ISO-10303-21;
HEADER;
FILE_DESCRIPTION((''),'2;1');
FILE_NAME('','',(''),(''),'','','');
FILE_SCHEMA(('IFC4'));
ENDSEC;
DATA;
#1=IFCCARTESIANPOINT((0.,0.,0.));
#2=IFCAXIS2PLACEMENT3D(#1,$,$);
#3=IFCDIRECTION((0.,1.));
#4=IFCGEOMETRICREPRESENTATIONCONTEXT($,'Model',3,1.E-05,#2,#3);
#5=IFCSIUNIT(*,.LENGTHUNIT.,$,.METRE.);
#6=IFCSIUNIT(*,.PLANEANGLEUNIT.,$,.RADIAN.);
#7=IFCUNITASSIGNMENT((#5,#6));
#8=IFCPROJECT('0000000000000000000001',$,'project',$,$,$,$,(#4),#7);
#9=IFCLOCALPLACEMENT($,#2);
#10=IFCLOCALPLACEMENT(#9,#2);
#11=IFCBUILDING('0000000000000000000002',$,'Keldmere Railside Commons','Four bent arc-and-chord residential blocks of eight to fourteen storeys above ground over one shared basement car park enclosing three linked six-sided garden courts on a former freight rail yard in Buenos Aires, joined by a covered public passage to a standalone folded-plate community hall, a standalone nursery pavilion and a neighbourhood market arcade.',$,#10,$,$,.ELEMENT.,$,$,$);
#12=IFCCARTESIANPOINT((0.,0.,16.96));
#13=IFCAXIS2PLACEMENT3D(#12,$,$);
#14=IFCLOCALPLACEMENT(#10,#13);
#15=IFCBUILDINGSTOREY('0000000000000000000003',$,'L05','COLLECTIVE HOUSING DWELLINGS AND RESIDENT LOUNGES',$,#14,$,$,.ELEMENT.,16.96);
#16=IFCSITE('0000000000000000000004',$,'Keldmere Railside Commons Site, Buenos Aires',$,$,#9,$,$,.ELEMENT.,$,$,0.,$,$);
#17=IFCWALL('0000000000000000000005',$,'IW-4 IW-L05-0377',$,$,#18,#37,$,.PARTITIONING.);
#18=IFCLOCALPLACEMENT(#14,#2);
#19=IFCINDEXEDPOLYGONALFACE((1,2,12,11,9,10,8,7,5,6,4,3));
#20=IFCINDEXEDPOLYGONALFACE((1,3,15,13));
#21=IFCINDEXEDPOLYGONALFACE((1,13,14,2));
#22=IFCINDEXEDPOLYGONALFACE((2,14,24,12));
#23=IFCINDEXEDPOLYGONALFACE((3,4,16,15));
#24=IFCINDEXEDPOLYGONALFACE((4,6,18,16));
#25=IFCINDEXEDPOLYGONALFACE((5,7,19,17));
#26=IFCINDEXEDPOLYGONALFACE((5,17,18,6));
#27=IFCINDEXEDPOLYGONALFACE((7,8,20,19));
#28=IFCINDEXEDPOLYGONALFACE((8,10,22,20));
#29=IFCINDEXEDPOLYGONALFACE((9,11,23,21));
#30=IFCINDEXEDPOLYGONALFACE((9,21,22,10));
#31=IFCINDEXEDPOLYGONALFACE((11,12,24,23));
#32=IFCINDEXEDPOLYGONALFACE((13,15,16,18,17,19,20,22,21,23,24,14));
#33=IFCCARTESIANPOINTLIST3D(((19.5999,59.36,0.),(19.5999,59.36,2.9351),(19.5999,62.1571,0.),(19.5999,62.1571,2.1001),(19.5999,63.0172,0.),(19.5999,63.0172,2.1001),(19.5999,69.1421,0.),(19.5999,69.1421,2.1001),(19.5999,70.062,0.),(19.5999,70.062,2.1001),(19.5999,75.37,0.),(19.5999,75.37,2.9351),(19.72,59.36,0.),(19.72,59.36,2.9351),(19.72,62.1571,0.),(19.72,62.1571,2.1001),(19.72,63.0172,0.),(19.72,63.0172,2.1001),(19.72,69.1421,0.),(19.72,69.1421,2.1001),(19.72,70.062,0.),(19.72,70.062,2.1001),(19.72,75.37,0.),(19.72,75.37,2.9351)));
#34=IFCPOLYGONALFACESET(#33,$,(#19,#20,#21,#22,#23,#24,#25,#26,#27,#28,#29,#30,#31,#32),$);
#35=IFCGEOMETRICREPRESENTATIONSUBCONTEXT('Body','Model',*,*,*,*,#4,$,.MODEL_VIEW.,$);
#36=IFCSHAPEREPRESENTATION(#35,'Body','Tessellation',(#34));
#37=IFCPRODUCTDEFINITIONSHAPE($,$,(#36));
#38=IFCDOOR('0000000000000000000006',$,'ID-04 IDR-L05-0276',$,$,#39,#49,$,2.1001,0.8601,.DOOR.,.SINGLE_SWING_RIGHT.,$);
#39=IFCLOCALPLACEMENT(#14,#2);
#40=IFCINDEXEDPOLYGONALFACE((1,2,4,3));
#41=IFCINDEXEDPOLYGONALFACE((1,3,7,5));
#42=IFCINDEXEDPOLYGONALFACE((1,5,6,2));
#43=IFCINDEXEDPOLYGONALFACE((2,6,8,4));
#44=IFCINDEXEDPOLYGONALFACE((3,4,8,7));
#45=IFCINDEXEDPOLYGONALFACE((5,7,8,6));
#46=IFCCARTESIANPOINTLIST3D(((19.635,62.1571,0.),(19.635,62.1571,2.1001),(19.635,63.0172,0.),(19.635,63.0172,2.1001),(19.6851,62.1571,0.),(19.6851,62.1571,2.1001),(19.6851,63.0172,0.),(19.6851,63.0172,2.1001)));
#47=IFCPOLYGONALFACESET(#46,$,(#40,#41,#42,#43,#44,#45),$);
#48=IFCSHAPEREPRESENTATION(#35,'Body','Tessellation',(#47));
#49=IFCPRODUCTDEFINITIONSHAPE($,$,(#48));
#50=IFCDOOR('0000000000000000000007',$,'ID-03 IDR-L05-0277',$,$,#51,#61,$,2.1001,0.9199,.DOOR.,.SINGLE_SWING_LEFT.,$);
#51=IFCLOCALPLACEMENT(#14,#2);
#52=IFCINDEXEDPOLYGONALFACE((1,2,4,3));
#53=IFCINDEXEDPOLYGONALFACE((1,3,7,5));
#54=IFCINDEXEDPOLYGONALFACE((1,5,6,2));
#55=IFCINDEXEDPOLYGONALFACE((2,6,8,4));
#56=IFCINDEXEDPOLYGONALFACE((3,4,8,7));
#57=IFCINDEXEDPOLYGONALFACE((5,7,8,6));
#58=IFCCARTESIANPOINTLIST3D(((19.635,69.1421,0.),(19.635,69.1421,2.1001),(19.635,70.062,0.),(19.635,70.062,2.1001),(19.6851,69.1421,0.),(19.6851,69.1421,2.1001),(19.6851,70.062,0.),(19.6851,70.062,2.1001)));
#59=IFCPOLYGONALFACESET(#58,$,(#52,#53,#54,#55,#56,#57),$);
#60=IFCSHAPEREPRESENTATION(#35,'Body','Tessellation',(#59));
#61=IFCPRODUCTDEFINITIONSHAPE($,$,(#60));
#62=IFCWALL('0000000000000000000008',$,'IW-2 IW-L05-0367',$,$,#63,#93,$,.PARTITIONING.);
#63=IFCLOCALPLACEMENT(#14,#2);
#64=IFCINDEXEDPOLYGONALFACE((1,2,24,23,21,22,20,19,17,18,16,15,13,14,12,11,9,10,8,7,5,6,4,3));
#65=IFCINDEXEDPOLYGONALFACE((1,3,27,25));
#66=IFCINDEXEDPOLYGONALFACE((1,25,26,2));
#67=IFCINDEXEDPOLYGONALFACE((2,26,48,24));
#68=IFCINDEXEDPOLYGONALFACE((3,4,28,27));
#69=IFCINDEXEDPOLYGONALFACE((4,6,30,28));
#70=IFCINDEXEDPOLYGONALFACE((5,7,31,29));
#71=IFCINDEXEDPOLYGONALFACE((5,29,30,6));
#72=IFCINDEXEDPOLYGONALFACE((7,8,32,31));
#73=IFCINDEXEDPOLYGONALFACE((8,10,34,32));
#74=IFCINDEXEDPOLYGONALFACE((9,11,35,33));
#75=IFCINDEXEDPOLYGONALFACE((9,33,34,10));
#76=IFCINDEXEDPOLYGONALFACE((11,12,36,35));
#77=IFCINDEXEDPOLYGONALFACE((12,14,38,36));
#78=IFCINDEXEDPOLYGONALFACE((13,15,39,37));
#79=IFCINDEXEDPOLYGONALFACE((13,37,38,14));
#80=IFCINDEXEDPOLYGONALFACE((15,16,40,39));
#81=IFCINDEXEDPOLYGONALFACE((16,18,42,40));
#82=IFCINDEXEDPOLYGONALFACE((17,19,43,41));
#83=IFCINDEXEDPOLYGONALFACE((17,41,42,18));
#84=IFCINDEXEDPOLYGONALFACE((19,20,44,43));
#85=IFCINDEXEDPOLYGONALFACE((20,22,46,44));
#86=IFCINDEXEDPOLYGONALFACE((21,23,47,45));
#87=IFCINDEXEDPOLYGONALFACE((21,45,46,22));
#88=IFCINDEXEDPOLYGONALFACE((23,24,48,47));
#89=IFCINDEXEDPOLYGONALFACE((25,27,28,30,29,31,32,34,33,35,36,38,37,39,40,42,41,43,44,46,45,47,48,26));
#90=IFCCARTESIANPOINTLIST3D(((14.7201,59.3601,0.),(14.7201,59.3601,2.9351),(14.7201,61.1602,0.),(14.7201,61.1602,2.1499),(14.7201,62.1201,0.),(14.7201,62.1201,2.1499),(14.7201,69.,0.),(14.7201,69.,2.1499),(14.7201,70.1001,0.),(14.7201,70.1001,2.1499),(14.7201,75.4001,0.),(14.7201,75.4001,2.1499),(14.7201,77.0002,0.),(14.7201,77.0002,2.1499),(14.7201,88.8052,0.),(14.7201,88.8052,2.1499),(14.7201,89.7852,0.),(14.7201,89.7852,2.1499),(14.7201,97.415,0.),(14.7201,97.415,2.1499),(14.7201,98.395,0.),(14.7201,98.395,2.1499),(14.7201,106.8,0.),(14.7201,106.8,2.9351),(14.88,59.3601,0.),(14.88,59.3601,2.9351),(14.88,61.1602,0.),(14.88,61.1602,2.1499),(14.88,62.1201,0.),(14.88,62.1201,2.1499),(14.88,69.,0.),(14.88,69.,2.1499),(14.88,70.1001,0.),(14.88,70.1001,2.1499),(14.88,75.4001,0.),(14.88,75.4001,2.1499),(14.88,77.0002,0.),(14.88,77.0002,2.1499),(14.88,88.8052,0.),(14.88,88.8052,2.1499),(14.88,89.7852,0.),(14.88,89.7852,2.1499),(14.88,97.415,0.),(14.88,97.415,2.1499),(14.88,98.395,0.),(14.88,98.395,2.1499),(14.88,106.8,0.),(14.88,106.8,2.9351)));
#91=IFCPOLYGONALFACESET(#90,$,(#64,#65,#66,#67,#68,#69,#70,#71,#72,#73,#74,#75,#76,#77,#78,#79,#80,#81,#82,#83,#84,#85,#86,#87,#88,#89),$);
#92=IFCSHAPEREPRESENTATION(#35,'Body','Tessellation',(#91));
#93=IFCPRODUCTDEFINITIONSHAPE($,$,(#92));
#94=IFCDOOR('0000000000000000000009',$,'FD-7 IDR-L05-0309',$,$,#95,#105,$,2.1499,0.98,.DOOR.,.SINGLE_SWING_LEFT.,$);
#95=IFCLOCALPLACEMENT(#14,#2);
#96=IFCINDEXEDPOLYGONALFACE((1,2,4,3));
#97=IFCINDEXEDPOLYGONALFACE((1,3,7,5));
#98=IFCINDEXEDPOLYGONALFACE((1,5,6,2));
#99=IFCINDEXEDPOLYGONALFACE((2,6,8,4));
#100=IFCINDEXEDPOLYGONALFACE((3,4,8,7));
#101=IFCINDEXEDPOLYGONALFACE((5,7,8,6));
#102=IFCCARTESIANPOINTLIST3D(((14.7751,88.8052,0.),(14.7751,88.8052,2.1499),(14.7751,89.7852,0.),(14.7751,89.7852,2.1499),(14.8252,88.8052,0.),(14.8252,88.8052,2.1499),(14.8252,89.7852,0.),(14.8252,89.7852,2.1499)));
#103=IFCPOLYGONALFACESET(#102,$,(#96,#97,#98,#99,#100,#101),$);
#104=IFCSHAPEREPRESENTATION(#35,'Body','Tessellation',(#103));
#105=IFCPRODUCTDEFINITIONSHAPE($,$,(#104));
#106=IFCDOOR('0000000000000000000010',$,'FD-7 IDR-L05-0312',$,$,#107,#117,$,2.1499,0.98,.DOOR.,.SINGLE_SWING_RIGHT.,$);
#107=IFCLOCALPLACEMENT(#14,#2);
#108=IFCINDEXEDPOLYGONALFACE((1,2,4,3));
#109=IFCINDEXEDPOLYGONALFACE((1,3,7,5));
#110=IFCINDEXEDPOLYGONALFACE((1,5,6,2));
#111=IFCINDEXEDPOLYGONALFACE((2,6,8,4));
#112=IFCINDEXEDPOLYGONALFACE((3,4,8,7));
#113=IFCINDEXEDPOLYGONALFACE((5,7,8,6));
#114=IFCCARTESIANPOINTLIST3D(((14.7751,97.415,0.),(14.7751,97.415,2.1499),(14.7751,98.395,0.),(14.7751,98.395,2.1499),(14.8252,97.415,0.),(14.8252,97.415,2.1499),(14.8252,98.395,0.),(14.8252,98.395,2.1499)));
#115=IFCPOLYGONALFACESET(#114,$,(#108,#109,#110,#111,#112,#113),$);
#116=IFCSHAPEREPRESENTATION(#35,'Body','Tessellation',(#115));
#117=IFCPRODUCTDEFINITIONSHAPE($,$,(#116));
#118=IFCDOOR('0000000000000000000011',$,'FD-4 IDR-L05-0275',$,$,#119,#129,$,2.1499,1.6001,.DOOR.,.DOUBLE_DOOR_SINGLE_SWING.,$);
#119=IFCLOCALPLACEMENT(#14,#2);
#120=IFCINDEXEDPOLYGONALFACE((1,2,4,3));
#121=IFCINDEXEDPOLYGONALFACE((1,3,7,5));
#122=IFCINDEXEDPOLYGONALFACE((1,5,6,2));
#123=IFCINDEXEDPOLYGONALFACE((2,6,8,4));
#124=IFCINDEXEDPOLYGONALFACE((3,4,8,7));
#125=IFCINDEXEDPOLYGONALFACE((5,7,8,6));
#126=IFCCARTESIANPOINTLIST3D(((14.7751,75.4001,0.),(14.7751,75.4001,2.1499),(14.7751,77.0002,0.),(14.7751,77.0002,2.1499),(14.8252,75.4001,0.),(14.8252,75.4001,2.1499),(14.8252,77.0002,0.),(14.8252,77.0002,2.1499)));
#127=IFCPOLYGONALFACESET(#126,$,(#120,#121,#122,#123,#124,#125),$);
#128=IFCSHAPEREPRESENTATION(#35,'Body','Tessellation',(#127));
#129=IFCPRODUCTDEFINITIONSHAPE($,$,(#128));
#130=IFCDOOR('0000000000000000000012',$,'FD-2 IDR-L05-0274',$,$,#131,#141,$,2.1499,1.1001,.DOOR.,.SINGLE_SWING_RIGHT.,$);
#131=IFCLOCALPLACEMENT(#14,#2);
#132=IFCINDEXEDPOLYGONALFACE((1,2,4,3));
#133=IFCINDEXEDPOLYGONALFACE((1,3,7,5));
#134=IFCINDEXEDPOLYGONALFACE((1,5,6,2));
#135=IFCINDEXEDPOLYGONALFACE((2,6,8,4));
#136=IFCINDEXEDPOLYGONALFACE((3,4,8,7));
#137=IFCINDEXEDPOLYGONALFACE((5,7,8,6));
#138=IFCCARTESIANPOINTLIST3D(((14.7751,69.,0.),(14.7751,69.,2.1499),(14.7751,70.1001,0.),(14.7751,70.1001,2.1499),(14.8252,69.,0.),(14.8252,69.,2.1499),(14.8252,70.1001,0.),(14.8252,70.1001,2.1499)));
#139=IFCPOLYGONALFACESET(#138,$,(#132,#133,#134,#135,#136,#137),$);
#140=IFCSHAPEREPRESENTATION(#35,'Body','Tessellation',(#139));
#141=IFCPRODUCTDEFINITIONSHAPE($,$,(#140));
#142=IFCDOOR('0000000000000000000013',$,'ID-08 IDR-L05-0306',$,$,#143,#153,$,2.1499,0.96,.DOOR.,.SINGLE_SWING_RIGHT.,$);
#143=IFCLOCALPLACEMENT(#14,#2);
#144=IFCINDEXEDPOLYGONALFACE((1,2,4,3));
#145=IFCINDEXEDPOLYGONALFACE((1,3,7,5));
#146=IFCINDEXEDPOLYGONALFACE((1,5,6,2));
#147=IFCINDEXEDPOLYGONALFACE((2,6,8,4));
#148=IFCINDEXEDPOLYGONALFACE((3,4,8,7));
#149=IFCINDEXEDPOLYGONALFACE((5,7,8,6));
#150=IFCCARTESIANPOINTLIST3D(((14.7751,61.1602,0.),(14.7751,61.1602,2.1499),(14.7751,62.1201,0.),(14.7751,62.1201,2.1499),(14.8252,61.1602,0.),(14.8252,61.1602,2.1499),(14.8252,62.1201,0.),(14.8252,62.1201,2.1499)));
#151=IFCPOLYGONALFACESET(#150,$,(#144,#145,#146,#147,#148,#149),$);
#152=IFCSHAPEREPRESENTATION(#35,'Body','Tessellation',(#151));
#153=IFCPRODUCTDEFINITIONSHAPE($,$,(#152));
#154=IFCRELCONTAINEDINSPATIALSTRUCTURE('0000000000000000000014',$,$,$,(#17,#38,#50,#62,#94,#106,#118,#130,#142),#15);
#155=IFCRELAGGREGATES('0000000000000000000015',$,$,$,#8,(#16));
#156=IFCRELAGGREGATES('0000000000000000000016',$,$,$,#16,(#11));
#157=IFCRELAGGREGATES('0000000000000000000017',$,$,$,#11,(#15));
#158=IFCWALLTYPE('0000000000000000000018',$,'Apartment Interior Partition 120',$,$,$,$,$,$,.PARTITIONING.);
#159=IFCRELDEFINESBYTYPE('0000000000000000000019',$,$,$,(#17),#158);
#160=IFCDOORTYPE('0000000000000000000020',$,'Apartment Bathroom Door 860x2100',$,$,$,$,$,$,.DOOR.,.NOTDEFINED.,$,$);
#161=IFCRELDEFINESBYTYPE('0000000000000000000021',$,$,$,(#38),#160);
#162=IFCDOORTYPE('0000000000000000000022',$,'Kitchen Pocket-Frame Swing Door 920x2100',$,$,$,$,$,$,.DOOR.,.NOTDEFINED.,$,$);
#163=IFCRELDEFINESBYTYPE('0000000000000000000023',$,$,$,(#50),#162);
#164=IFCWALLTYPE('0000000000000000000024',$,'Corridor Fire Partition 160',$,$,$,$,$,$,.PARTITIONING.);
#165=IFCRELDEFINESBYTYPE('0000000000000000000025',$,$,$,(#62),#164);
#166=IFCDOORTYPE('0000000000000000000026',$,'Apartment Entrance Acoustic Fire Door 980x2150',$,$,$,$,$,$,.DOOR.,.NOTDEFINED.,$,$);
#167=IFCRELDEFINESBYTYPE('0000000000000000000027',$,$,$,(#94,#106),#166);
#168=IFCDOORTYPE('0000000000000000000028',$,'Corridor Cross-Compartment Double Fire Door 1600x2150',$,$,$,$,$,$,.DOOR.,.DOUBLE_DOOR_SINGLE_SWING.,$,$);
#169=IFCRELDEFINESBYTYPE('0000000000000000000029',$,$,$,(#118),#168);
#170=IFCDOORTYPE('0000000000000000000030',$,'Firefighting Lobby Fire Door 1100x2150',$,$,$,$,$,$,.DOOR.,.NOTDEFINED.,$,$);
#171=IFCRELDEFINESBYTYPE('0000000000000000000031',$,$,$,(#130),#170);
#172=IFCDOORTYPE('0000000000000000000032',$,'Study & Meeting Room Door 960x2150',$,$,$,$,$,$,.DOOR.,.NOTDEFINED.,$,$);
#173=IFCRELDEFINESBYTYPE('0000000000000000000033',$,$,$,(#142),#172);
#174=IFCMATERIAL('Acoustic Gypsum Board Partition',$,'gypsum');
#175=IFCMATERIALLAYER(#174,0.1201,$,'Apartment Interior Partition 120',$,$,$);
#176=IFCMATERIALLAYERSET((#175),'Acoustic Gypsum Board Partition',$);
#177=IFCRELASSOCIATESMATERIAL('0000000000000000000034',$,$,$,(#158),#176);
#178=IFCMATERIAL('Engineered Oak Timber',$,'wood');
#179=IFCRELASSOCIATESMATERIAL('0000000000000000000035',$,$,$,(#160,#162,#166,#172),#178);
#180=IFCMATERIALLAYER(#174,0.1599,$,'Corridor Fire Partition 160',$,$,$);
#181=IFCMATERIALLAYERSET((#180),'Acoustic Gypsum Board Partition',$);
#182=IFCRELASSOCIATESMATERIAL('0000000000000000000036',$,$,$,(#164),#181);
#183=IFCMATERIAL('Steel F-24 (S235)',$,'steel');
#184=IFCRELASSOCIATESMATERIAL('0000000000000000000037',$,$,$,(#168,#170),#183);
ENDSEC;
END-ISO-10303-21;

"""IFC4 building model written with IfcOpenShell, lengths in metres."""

from ifc_helpers import new_model, si_unit, direction, frame, frame_2d, origin, place, context, subcontext, project, spatial, rectangle, extrude, material, layer, layer_set, type_object, element, fill, save


model = new_model("IFC4")

# Units and contexts
model_context = context("Model", 3, precision=1e-05, world=origin(), true_north=direction((0.0, 1.0)))
body_context = subcontext(model_context, "Body", "Model", "MODEL_VIEW")
ifc_project = project(units=[si_unit("LENGTHUNIT", "METRE"), si_unit("PLANEANGLEUNIT", "RADIAN")], contexts=[model_context])

# Site, building, storey
site_placement = place(None, origin())
site = spatial("IfcSite", under=ifc_project, at=site_placement, Name="Keldmere Railside Commons Site, Buenos Aires", CompositionType="ELEMENT", RefElevation=0.0)
building_placement = place(site_placement, origin())
building = spatial("IfcBuilding", under=site, at=building_placement, Name="Keldmere Railside Commons", Description="Four bent arc-and-chord residential blocks of eight to fourteen storeys above ground over one shared basement car park enclosing three linked six-sided garden courts on a former freight rail yard in Buenos Aires, joined by a covered public passage to a standalone folded-plate community hall, a standalone nursery pavilion and a neighbourhood market arcade.", CompositionType="ELEMENT")
storey_placement = place(building_placement, frame((0.0, 0.0, 16.96)))
storey = spatial("IfcBuildingStorey", under=building, at=storey_placement, Name="L05", Description="COLLECTIVE HOUSING DWELLINGS AND RESIDENT LOUNGES", CompositionType="ELEMENT", Elevation=16.96)

# Walls, openings, doors
ifc_material_1 = material(Name="Acoustic Gypsum Board Partition", Category="gypsum")
ifc_layer_1 = layer(ifc_material_1, 0.1201, Name="Apartment Interior Partition 120")
ifc_layer_set_1 = layer_set([ifc_layer_1], Name="Acoustic Gypsum Board Partition")
wall_type_1 = type_object("IfcWallType", Name="Apartment Interior Partition 120", PredefinedType="PARTITIONING", material=ifc_layer_set_1)
wall_1_placement = place(storey_placement, frame((19.6599, 59.3601, 0.0), z_axis=(0.0, 0.0, 1.0), x_axis=(0.0, 1.0, 0.0)))
wall_1 = element("IfcWall", 1, at=wall_1_placement, inside=storey, type_object=wall_type_1, Name="IW-4 IW-L05-0377", PredefinedType="PARTITIONING", context=body_context, shape_type="SweptSolid", body=[
    extrude(rectangle(XDim=16.01, YDim=0.1201, at=frame_2d((8.0049, 0.0))), origin(), (0.0, 0.0, 1.0), 2.9351),
])
opening_1_placement = place(wall_1_placement, frame((2.7969, 0.0, 0.0)))
opening_1 = element("IfcOpeningElement", 2, at=opening_1_placement, cuts=wall_1, PredefinedType="OPENING", context=body_context, shape_type="SweptSolid", body=[
    extrude(rectangle(XDim=0.8601, YDim=2.1001, at=frame_2d((0.4302, 1.05))), frame((0.0, 0.0701, 0.0), z_axis=(0.0, -1.0, 0.0), x_axis=(1.0, 0.0, 0.0)), (0.0, 0.0, 1.0), 0.1401),
])
opening_2_placement = place(wall_1_placement, frame((9.782, 0.0, 0.0)))
opening_2 = element("IfcOpeningElement", 3, at=opening_2_placement, cuts=wall_1, PredefinedType="OPENING", context=body_context, shape_type="SweptSolid", body=[
    extrude(rectangle(XDim=0.9199, YDim=2.1001, at=frame_2d((0.46, 1.05))), frame((0.0, 0.0701, 0.0), z_axis=(0.0, -1.0, 0.0), x_axis=(1.0, 0.0, 0.0)), (0.0, 0.0, 1.0), 0.1401),
])
ifc_material_2 = material(Name="Engineered Oak Timber", Category="wood")
door_type_1 = type_object("IfcDoorType", Name="Apartment Bathroom Door 860x2100", OperationType="NOTDEFINED", PredefinedType="DOOR", material=ifc_material_2)
door_1_placement = place(opening_1_placement, origin())
door_1 = element("IfcDoor", 4, at=door_1_placement, inside=storey, type_object=door_type_1, Name="ID-04 IDR-L05-0276", OperationType="SINGLE_SWING_RIGHT", OverallHeight=2.1001, OverallWidth=0.8601, PredefinedType="DOOR", context=body_context, shape_type="SweptSolid", body=[
    extrude(rectangle(XDim=0.8601, YDim=2.1001, at=frame_2d((0.4302, 1.05))), frame((0.0, 0.0249, 0.0), z_axis=(0.0, -1.0, 0.0), x_axis=(1.0, 0.0, 0.0)), (0.0, 0.0, 1.0), 0.05),
])
fill(opening_1, door_1)
door_type_2 = type_object("IfcDoorType", Name="Kitchen Pocket-Frame Swing Door 920x2100", OperationType="NOTDEFINED", PredefinedType="DOOR", material=ifc_material_2)
door_2_placement = place(opening_2_placement, origin())
door_2 = element("IfcDoor", 5, at=door_2_placement, inside=storey, type_object=door_type_2, Name="ID-03 IDR-L05-0277", OperationType="SINGLE_SWING_LEFT", OverallHeight=2.1001, OverallWidth=0.9199, PredefinedType="DOOR", context=body_context, shape_type="SweptSolid", body=[
    extrude(rectangle(XDim=0.9199, YDim=2.1001, at=frame_2d((0.46, 1.05))), frame((0.0, 0.0249, 0.0), z_axis=(0.0, -1.0, 0.0), x_axis=(1.0, 0.0, 0.0)), (0.0, 0.0, 1.0), 0.05),
])
fill(opening_2, door_2)
ifc_layer_2 = layer(ifc_material_1, 0.1599, Name="Corridor Fire Partition 160")
ifc_layer_set_2 = layer_set([ifc_layer_2], Name="Acoustic Gypsum Board Partition")
wall_type_2 = type_object("IfcWallType", Name="Corridor Fire Partition 160", PredefinedType="PARTITIONING", material=ifc_layer_set_2)
wall_2_placement = place(storey_placement, frame((14.8, 59.3601, 0.0), z_axis=(0.0, 0.0, 1.0), x_axis=(0.0, 1.0, 0.0)))
wall_2 = element("IfcWall", 6, at=wall_2_placement, inside=storey, type_object=wall_type_2, Name="IW-2 IW-L05-0367", PredefinedType="PARTITIONING", context=body_context, shape_type="SweptSolid", body=[
    extrude(rectangle(XDim=47.4399, YDim=0.1599, at=frame_2d((23.72, 0.0))), origin(), (0.0, 0.0, 1.0), 2.9351),
])
opening_3_placement = place(wall_2_placement, frame((9.6399, 0.0, 0.0)))
opening_3 = element("IfcOpeningElement", 7, at=opening_3_placement, cuts=wall_2, PredefinedType="OPENING", context=body_context, shape_type="SweptSolid", body=[
    extrude(rectangle(XDim=1.1001, YDim=2.1499, at=frame_2d((0.55, 1.075))), frame((0.0, 0.0898, 0.0), z_axis=(0.0, -1.0, 0.0), x_axis=(1.0, 0.0, 0.0)), (0.0, 0.0, 1.0), 0.1799),
])
opening_4_placement = place(wall_2_placement, frame((16.04, 0.0, 0.0)))
opening_4 = element("IfcOpeningElement", 8, at=opening_4_placement, cuts=wall_2, PredefinedType="OPENING", context=body_context, shape_type="SweptSolid", body=[
    extrude(rectangle(XDim=1.6001, YDim=2.1499, at=frame_2d((0.8, 1.075))), frame((0.0, 0.0898, 0.0), z_axis=(0.0, -1.0, 0.0), x_axis=(1.0, 0.0, 0.0)), (0.0, 0.0, 1.0), 0.1799),
])
opening_5_placement = place(wall_2_placement, frame((1.8, 0.0, 0.0)))
opening_5 = element("IfcOpeningElement", 9, at=opening_5_placement, cuts=wall_2, PredefinedType="OPENING", context=body_context, shape_type="SweptSolid", body=[
    extrude(rectangle(XDim=0.96, YDim=2.1499, at=frame_2d((0.48, 1.075))), frame((0.0, 0.0898, 0.0), z_axis=(0.0, -1.0, 0.0), x_axis=(1.0, 0.0, 0.0)), (0.0, 0.0, 1.0), 0.1799),
])
opening_6_placement = place(wall_2_placement, frame((29.4451, 0.0, 0.0)))
opening_6 = element("IfcOpeningElement", 10, at=opening_6_placement, cuts=wall_2, PredefinedType="OPENING", context=body_context, shape_type="SweptSolid", body=[
    extrude(rectangle(XDim=0.98, YDim=2.1499, at=frame_2d((0.49, 1.075))), frame((0.0, 0.0898, 0.0), z_axis=(0.0, -1.0, 0.0), x_axis=(1.0, 0.0, 0.0)), (0.0, 0.0, 1.0), 0.1799),
])
opening_7_placement = place(wall_2_placement, frame((38.0549, 0.0, 0.0)))
opening_7 = element("IfcOpeningElement", 11, at=opening_7_placement, cuts=wall_2, PredefinedType="OPENING", context=body_context, shape_type="SweptSolid", body=[
    extrude(rectangle(XDim=0.98, YDim=2.1499, at=frame_2d((0.49, 1.075))), frame((0.0, 0.0898, 0.0), z_axis=(0.0, -1.0, 0.0), x_axis=(1.0, 0.0, 0.0)), (0.0, 0.0, 1.0), 0.1799),
])
door_type_3 = type_object("IfcDoorType", Name="Apartment Entrance Acoustic Fire Door 980x2150", OperationType="NOTDEFINED", PredefinedType="DOOR", material=ifc_material_2)
door_3_placement = place(opening_6_placement, origin())
door_3 = element("IfcDoor", 12, at=door_3_placement, inside=storey, type_object=door_type_3, Name="FD-7 IDR-L05-0309", OperationType="SINGLE_SWING_LEFT", OverallHeight=2.1499, OverallWidth=0.98, PredefinedType="DOOR", context=body_context, shape_type="SweptSolid", body=[
    extrude(rectangle(XDim=0.98, YDim=2.1499, at=frame_2d((0.49, 1.075))), frame((0.0, 0.0249, 0.0), z_axis=(0.0, -1.0, 0.0), x_axis=(1.0, 0.0, 0.0)), (0.0, 0.0, 1.0), 0.05),
])
fill(opening_6, door_3)
door_4_placement = place(opening_7_placement, origin())
door_4 = element("IfcDoor", 13, at=door_4_placement, inside=storey, type_object=door_type_3, Name="FD-7 IDR-L05-0312", OperationType="SINGLE_SWING_RIGHT", OverallHeight=2.1499, OverallWidth=0.98, PredefinedType="DOOR", context=body_context, shape_type="SweptSolid", body=[
    extrude(rectangle(XDim=0.98, YDim=2.1499, at=frame_2d((0.49, 1.075))), frame((0.0, 0.0249, 0.0), z_axis=(0.0, -1.0, 0.0), x_axis=(1.0, 0.0, 0.0)), (0.0, 0.0, 1.0), 0.05),
])
fill(opening_7, door_4)
ifc_material_3 = material(Name="Steel F-24 (S235)", Category="steel")
door_type_4 = type_object("IfcDoorType", Name="Corridor Cross-Compartment Double Fire Door 1600x2150", OperationType="DOUBLE_DOOR_SINGLE_SWING", PredefinedType="DOOR", material=ifc_material_3)
door_5_placement = place(opening_4_placement, origin())
door_5 = element("IfcDoor", 14, at=door_5_placement, inside=storey, type_object=door_type_4, Name="FD-4 IDR-L05-0275", OperationType="DOUBLE_DOOR_SINGLE_SWING", OverallHeight=2.1499, OverallWidth=1.6001, PredefinedType="DOOR", context=body_context, shape_type="SweptSolid", body=[
    extrude(rectangle(XDim=1.6001, YDim=2.1499, at=frame_2d((0.8, 1.075))), frame((0.0, 0.0249, 0.0), z_axis=(0.0, -1.0, 0.0), x_axis=(1.0, 0.0, 0.0)), (0.0, 0.0, 1.0), 0.05),
])
fill(opening_4, door_5)
door_type_5 = type_object("IfcDoorType", Name="Firefighting Lobby Fire Door 1100x2150", OperationType="NOTDEFINED", PredefinedType="DOOR", material=ifc_material_3)
door_6_placement = place(opening_3_placement, origin())
door_6 = element("IfcDoor", 15, at=door_6_placement, inside=storey, type_object=door_type_5, Name="FD-2 IDR-L05-0274", OperationType="SINGLE_SWING_RIGHT", OverallHeight=2.1499, OverallWidth=1.1001, PredefinedType="DOOR", context=body_context, shape_type="SweptSolid", body=[
    extrude(rectangle(XDim=1.1001, YDim=2.1499, at=frame_2d((0.55, 1.075))), frame((0.0, 0.0249, 0.0), z_axis=(0.0, -1.0, 0.0), x_axis=(1.0, 0.0, 0.0)), (0.0, 0.0, 1.0), 0.05),
])
fill(opening_3, door_6)
door_type_6 = type_object("IfcDoorType", Name="Study & Meeting Room Door 960x2150", OperationType="NOTDEFINED", PredefinedType="DOOR", material=ifc_material_2)
door_7_placement = place(opening_5_placement, origin())
door_7 = element("IfcDoor", 16, at=door_7_placement, inside=storey, type_object=door_type_6, Name="ID-08 IDR-L05-0306", OperationType="SINGLE_SWING_RIGHT", OverallHeight=2.1499, OverallWidth=0.96, PredefinedType="DOOR", context=body_context, shape_type="SweptSolid", body=[
    extrude(rectangle(XDim=0.96, YDim=2.1499, at=frame_2d((0.48, 1.075))), frame((0.0, 0.0249, 0.0), z_axis=(0.0, -1.0, 0.0), x_axis=(1.0, 0.0, 0.0)), (0.0, 0.0, 1.0), 0.05),
])
fill(opening_5, door_7)

save(model, "model.ifc")
